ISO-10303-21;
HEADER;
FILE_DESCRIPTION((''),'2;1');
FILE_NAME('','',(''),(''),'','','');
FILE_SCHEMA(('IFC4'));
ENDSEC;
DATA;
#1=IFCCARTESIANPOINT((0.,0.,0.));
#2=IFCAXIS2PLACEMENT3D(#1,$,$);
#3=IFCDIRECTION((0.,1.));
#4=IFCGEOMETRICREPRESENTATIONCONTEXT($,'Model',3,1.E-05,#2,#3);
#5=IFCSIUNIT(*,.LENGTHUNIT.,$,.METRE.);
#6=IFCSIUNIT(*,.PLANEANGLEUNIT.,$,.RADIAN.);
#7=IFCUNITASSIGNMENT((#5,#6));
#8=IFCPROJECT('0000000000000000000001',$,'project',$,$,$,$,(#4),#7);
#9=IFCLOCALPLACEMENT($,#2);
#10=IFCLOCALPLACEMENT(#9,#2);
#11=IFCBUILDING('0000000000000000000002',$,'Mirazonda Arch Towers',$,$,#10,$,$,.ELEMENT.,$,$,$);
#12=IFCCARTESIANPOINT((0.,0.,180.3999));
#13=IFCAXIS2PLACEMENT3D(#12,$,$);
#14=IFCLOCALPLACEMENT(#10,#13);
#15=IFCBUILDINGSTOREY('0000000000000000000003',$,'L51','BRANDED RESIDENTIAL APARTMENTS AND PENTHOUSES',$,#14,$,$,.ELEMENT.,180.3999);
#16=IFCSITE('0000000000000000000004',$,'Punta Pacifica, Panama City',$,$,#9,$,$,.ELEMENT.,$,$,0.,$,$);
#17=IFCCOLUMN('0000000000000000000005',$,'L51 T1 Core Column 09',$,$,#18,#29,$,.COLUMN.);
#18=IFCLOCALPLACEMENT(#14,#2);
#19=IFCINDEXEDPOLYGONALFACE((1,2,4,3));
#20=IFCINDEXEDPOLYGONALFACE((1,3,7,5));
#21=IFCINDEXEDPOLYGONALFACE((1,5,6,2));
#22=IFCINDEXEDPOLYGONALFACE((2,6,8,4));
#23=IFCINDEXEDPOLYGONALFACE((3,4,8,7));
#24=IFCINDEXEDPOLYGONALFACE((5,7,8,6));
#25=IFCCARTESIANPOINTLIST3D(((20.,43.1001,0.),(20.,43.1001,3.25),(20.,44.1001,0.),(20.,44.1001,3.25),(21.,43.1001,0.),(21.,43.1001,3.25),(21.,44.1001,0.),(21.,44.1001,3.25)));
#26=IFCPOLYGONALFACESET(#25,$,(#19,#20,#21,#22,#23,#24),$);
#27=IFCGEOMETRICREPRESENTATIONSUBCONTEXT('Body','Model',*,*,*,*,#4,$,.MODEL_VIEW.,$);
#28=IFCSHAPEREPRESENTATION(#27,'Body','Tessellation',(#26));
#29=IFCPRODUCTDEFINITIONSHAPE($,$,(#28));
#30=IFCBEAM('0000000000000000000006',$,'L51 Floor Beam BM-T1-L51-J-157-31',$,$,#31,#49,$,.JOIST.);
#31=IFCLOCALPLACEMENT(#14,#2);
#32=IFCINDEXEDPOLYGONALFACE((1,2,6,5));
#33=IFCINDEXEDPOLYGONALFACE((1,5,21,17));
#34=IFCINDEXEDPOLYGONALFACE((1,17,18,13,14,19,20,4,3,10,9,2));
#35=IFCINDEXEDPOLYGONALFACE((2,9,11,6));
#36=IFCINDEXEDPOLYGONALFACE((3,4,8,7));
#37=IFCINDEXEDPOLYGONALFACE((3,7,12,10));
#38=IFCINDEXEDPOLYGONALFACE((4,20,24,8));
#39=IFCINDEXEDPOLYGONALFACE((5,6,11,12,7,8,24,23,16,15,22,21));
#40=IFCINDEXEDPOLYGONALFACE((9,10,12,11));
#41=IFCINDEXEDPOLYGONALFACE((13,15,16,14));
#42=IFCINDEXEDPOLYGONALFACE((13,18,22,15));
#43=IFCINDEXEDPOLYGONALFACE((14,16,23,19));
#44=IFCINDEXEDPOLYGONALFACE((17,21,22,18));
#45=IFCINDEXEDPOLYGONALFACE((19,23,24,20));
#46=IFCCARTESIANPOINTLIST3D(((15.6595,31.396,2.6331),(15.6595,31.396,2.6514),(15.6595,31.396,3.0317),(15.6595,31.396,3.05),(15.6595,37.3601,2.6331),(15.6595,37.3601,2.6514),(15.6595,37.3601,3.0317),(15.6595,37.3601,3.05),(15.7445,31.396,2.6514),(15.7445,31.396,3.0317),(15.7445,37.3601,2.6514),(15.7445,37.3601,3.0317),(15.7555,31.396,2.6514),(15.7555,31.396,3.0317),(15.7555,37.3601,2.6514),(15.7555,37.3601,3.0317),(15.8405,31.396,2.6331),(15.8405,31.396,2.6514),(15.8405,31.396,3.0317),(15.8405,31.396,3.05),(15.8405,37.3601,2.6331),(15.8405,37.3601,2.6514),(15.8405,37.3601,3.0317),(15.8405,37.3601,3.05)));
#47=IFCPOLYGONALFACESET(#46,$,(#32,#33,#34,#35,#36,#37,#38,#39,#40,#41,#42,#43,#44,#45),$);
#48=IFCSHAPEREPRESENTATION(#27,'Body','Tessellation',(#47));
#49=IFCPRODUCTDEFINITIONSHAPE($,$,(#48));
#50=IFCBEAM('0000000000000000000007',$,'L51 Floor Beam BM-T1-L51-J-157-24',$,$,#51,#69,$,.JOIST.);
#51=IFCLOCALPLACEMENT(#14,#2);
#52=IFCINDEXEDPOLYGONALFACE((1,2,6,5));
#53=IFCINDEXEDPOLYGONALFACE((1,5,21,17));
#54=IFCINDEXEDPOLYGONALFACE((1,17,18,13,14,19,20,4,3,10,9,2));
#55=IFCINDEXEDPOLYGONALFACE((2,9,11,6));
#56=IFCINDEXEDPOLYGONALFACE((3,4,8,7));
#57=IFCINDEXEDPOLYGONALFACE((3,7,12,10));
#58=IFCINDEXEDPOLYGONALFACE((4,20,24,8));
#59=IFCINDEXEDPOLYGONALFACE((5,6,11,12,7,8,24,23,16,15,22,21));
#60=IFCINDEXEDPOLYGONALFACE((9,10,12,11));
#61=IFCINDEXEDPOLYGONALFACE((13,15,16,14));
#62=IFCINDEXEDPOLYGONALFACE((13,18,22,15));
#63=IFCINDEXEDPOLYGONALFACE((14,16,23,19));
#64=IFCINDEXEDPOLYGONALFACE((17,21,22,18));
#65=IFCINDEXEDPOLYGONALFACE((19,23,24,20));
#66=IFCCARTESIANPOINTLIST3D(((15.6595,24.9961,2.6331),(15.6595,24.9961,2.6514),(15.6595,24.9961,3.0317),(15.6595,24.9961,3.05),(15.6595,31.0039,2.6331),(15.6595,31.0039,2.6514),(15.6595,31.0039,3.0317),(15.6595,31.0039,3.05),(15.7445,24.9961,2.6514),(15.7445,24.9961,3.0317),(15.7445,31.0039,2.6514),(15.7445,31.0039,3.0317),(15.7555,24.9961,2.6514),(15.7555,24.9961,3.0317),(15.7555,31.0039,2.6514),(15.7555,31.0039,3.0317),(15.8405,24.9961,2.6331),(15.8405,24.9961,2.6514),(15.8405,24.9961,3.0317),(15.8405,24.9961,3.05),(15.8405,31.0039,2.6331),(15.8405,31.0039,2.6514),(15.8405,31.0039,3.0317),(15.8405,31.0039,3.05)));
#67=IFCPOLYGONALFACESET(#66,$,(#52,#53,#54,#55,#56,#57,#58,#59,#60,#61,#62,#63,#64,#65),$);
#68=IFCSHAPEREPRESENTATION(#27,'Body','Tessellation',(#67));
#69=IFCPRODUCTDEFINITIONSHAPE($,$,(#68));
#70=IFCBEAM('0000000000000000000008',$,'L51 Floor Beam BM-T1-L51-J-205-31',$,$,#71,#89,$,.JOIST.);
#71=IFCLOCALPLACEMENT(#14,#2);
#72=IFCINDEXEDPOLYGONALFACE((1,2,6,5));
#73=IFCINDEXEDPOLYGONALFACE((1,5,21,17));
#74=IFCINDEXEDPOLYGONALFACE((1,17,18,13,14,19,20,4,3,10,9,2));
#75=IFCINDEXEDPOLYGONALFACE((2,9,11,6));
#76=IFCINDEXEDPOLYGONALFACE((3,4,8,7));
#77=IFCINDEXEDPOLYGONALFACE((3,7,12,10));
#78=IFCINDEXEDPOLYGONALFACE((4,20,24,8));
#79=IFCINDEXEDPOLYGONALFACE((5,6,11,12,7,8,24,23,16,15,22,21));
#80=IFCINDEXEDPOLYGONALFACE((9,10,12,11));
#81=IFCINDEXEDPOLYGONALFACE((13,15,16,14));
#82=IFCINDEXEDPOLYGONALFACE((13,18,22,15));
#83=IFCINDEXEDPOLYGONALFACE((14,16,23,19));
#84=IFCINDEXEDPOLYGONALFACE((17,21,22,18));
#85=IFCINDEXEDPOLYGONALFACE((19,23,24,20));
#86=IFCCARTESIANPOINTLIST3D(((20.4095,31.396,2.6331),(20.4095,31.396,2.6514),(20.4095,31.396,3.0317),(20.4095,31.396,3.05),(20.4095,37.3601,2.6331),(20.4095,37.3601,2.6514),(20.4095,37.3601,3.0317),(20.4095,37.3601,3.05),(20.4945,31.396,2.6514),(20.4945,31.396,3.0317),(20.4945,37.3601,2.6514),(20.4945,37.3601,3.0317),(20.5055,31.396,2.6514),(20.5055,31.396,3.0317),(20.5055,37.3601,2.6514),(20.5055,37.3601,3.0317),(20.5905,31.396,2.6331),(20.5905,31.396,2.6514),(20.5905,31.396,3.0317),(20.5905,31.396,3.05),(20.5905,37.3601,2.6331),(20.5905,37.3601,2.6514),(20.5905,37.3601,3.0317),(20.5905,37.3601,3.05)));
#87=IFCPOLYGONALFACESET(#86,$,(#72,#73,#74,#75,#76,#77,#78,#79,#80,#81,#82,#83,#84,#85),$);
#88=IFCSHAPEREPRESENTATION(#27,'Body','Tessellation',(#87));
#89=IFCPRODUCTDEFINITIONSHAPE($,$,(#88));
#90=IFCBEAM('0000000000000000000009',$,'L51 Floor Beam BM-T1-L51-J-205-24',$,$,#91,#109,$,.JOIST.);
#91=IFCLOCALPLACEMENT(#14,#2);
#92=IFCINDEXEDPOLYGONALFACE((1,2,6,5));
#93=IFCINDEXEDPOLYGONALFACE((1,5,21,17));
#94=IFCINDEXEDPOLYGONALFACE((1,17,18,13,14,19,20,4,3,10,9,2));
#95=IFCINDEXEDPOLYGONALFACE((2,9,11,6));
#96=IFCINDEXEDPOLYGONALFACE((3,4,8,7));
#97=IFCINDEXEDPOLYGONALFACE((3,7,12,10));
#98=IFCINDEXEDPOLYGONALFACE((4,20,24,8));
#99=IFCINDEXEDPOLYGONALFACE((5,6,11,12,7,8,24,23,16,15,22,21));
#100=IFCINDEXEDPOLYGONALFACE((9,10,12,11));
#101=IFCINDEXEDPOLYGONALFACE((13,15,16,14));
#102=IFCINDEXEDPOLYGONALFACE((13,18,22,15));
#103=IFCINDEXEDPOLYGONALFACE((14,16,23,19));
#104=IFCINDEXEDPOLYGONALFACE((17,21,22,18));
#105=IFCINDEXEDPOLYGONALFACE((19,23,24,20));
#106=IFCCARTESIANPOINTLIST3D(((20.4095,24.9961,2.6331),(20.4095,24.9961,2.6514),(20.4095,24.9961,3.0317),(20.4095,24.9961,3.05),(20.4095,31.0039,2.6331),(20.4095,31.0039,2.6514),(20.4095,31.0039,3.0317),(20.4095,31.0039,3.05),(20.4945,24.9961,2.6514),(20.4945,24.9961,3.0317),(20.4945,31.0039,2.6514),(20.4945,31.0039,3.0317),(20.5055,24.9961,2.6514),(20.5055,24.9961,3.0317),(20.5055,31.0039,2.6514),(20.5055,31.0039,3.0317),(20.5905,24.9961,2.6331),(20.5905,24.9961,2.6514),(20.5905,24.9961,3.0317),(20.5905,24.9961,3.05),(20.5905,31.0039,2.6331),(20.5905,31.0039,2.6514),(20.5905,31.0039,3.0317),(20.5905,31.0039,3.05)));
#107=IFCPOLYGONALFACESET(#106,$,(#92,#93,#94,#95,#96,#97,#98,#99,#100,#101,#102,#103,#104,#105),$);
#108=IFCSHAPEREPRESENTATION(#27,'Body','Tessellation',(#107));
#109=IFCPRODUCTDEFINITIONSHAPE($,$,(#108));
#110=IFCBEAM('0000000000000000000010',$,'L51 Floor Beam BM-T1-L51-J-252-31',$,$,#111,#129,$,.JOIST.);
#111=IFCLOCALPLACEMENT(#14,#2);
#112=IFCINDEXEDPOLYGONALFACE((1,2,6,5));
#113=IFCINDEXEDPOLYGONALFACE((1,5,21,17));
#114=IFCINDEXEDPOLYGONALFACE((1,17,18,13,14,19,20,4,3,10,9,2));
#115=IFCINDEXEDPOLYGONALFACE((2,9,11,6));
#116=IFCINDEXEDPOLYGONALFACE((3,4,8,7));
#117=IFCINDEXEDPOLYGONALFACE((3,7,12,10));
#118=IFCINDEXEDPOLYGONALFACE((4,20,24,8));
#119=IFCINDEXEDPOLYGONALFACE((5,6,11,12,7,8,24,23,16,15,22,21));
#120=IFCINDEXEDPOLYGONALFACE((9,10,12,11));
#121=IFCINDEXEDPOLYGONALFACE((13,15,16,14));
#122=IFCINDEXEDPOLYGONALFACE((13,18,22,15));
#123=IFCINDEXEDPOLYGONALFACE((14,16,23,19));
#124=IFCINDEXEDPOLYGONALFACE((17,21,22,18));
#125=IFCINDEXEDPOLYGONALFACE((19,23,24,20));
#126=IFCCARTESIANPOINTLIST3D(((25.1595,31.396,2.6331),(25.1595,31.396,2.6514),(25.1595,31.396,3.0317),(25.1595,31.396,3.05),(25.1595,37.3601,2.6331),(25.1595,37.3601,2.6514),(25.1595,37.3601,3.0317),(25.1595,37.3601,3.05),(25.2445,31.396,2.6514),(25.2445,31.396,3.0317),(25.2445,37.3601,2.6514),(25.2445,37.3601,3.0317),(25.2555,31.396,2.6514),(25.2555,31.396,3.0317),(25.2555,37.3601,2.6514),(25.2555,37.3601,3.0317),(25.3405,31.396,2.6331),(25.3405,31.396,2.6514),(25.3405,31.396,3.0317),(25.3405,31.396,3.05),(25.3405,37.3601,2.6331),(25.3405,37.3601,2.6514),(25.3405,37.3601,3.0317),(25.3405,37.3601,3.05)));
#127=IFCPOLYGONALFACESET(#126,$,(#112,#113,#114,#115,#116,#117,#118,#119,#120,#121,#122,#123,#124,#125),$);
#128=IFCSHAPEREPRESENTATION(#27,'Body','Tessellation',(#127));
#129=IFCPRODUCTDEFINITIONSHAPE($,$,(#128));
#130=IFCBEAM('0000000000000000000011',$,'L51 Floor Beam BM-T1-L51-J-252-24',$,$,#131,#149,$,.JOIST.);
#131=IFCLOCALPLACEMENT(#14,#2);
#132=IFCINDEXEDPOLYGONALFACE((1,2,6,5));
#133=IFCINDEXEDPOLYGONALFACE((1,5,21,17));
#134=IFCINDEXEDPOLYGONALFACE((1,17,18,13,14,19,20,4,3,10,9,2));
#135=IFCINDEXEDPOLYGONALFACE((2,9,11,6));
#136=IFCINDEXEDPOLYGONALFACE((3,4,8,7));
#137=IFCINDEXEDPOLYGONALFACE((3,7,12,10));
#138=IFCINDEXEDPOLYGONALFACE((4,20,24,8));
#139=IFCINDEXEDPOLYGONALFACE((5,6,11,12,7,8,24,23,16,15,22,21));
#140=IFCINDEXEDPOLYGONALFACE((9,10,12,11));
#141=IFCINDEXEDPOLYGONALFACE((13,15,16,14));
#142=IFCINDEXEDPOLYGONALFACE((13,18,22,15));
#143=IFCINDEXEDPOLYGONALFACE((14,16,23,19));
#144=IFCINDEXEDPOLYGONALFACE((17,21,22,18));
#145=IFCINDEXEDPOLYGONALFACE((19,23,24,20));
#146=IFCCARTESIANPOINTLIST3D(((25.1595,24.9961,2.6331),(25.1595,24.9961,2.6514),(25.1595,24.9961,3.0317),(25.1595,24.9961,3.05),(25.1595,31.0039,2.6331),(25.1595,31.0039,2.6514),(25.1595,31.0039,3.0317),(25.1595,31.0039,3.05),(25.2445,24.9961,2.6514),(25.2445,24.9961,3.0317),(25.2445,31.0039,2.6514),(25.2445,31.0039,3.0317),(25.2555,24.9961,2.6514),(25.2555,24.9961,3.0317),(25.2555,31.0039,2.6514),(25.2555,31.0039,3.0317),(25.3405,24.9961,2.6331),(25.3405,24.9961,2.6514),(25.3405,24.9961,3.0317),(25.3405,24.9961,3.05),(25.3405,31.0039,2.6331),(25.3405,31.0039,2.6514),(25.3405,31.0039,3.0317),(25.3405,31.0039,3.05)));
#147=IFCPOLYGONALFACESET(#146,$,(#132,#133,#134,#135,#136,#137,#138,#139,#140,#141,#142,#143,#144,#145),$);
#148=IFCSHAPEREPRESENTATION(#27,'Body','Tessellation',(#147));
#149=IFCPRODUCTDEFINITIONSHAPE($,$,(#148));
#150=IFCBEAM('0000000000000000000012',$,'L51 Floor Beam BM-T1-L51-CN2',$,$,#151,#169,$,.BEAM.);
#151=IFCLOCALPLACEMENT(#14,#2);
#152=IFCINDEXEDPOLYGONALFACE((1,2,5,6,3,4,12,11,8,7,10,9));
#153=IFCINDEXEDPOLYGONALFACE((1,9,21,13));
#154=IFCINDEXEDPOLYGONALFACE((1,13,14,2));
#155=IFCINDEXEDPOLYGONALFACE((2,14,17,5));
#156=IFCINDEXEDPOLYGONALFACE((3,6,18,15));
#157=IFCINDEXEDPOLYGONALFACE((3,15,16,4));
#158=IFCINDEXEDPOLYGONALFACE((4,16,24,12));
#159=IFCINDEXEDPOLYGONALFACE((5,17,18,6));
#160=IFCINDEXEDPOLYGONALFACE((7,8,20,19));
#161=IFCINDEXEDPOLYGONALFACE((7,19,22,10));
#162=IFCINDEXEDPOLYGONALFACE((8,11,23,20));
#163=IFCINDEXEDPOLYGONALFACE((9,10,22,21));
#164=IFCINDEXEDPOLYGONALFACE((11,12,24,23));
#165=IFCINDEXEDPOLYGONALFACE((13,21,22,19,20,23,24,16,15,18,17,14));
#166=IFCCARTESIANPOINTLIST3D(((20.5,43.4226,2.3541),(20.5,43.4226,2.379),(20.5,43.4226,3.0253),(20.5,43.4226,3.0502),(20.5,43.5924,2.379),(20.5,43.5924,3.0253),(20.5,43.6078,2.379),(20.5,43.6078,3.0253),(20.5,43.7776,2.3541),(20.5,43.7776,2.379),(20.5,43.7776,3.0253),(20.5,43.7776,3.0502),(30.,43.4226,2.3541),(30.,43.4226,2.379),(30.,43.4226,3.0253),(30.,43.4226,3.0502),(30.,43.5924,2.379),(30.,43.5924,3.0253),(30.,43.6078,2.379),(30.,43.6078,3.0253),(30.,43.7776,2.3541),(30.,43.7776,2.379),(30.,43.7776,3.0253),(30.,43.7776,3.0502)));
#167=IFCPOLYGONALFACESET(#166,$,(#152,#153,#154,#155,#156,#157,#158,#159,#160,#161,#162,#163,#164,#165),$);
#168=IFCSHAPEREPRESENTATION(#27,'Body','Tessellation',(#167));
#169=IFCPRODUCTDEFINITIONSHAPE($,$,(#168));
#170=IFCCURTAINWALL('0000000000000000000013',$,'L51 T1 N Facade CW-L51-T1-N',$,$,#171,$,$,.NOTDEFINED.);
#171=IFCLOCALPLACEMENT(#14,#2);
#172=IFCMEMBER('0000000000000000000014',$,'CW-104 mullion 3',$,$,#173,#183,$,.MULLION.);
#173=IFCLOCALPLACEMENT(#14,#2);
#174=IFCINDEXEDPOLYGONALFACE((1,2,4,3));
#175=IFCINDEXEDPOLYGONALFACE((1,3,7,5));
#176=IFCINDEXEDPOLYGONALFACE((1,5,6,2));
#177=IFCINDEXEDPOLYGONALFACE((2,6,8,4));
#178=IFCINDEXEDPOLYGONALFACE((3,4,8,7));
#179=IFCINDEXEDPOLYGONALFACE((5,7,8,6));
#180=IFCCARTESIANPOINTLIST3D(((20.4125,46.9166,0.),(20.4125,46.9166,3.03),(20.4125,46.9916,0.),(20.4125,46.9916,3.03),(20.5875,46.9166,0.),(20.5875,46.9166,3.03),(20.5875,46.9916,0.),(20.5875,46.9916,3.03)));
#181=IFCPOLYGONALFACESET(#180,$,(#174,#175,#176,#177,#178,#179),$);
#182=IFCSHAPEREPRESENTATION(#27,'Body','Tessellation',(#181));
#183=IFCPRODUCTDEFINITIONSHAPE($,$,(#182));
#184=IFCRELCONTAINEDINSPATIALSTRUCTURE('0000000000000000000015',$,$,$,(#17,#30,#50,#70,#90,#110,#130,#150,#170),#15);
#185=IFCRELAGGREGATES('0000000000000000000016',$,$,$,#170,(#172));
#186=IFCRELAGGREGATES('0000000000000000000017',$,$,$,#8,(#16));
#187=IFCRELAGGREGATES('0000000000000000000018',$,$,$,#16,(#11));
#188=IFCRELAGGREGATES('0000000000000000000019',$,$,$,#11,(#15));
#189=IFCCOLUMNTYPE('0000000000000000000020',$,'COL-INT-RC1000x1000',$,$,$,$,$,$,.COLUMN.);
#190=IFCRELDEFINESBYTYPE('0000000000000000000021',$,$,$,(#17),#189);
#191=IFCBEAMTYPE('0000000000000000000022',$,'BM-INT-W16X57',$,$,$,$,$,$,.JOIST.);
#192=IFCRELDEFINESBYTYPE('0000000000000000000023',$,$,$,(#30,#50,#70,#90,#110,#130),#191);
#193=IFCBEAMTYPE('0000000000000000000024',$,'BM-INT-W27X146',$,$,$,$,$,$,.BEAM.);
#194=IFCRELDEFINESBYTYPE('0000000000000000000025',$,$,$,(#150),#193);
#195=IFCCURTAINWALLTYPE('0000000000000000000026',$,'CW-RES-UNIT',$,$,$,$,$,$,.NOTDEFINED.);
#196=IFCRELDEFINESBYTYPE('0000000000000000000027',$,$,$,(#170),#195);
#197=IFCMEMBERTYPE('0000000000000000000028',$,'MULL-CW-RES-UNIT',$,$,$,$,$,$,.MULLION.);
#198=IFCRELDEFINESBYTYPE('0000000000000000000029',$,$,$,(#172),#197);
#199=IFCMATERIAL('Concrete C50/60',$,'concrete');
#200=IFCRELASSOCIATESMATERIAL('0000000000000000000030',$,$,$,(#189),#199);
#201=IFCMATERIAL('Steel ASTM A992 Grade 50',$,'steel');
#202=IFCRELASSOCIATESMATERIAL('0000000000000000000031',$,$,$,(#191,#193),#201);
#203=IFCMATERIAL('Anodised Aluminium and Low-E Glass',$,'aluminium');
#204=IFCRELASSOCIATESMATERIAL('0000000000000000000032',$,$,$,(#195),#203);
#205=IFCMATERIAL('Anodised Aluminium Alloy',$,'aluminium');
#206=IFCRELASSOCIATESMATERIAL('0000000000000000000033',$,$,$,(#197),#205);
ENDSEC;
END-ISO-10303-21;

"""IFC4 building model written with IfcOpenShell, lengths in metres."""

from ifc_helpers import new_model, si_unit, direction, frame, origin, origin_2d, place, context, subcontext, project, spatial, rectangle, i_section, extrude, material, material_profile, profile_set, type_object, element, aggregate, save


model = new_model("IFC4")

# Units and contexts
model_context = context("Model", 3, precision=1e-05, world=origin(), true_north=direction((0.0, 1.0)))
body_context = subcontext(model_context, "Body", "Model", "MODEL_VIEW")
ifc_project = project(units=[si_unit("LENGTHUNIT", "METRE"), si_unit("PLANEANGLEUNIT", "RADIAN")], contexts=[model_context])

# Site, building, storey
site_placement = place(None, origin())
site = spatial("IfcSite", under=ifc_project, at=site_placement, Name="Punta Pacifica, Panama City", CompositionType="ELEMENT", RefElevation=0.0)
building_placement = place(site_placement, origin())
building = spatial("IfcBuilding", under=site, at=building_placement, Name="Mirazonda Arch Towers", CompositionType="ELEMENT")
storey_placement = place(building_placement, frame((0.0, 0.0, 180.3999)))
storey = spatial("IfcBuildingStorey", under=building, at=storey_placement, Name="L51", Description="BRANDED RESIDENTIAL APARTMENTS AND PENTHOUSES", CompositionType="ELEMENT", Elevation=180.3999)

# Column
ifc_material_1 = material(Name="Concrete C50/60", Category="concrete")
ifc_material_profile_1 = material_profile(ifc_material_1, rectangle(XDim=1.0, YDim=1.0, at=origin_2d()), Name="RC1000x1000")
ifc_profile_set_1 = profile_set([ifc_material_profile_1], Name="Concrete C50/60")
column_type = type_object("IfcColumnType", Name="COL-INT-RC1000x1000", PredefinedType="COLUMN", material=ifc_profile_set_1)
column_placement = place(storey_placement, frame((20.5, 43.6001, 0.0), z_axis=(0.0, 0.0, 1.0), x_axis=(1.0, 0.0, 0.0)))
element("IfcColumn", 1, at=column_placement, inside=storey, type_object=column_type, Name="L51 T1 Core Column 09", PredefinedType="COLUMN", context=body_context, shape_type="SweptSolid", body=[
    extrude(rectangle(XDim=1.0, YDim=1.0, at=origin_2d()), origin(), (0.0, 0.0, 1.0), 3.25),
])

# Beams
ifc_material_2 = material(Name="Steel ASTM A992 Grade 50", Category="steel")
ifc_material_profile_2 = material_profile(ifc_material_2, i_section(OverallWidth=0.1809, OverallDepth=0.417, WebThickness=0.011, FlangeThickness=0.0183, at=origin_2d()), Name="W16X57")
ifc_profile_set_2 = profile_set([ifc_material_profile_2], Name="Steel ASTM A992 Grade 50")
beam_type_1 = type_object("IfcBeamType", Name="BM-INT-W16X57", PredefinedType="JOIST", material=ifc_profile_set_2)
beam_1_placement = place(storey_placement, frame((15.75, 31.396, 2.8416), z_axis=(0.0, 1.0, 0.0), x_axis=(-1.0, 0.0, 0.0)))
element("IfcBeam", 2, at=beam_1_placement, inside=storey, type_object=beam_type_1, Name="L51 Floor Beam BM-T1-L51-J-157-31", PredefinedType="JOIST", context=body_context, shape_type="SweptSolid", body=[
    extrude(i_section(OverallWidth=0.1809, OverallDepth=0.417, WebThickness=0.011, FlangeThickness=0.0183, at=origin_2d()), origin(), (0.0, 0.0, 1.0), 5.9641),
])
beam_2_placement = place(storey_placement, frame((15.75, 24.9961, 2.8416), z_axis=(0.0, 1.0, 0.0), x_axis=(-1.0, 0.0, 0.0)))
element("IfcBeam", 3, at=beam_2_placement, inside=storey, type_object=beam_type_1, Name="L51 Floor Beam BM-T1-L51-J-157-24", PredefinedType="JOIST", context=body_context, shape_type="SweptSolid", body=[
    extrude(i_section(OverallWidth=0.1809, OverallDepth=0.417, WebThickness=0.011, FlangeThickness=0.0183, at=origin_2d()), origin(), (0.0, 0.0, 1.0), 6.0078),
])
beam_3_placement = place(storey_placement, frame((20.5, 31.396, 2.8416), z_axis=(0.0, 1.0, 0.0), x_axis=(-1.0, 0.0, 0.0)))
element("IfcBeam", 4, at=beam_3_placement, inside=storey, type_object=beam_type_1, Name="L51 Floor Beam BM-T1-L51-J-205-31", PredefinedType="JOIST", context=body_context, shape_type="SweptSolid", body=[
    extrude(i_section(OverallWidth=0.1809, OverallDepth=0.417, WebThickness=0.011, FlangeThickness=0.0183, at=origin_2d()), origin(), (0.0, 0.0, 1.0), 5.9641),
])
beam_4_placement = place(storey_placement, frame((20.5, 24.9961, 2.8416), z_axis=(0.0, 1.0, 0.0), x_axis=(-1.0, 0.0, 0.0)))
element("IfcBeam", 5, at=beam_4_placement, inside=storey, type_object=beam_type_1, Name="L51 Floor Beam BM-T1-L51-J-205-24", PredefinedType="JOIST", context=body_context, shape_type="SweptSolid", body=[
    extrude(i_section(OverallWidth=0.1809, OverallDepth=0.417, WebThickness=0.011, FlangeThickness=0.0183, at=origin_2d()), origin(), (0.0, 0.0, 1.0), 6.0078),
])
beam_5_placement = place(storey_placement, frame((25.25, 31.396, 2.8416), z_axis=(0.0, 1.0, 0.0), x_axis=(-1.0, 0.0, 0.0)))
element("IfcBeam", 6, at=beam_5_placement, inside=storey, type_object=beam_type_1, Name="L51 Floor Beam BM-T1-L51-J-252-31", PredefinedType="JOIST", context=body_context, shape_type="SweptSolid", body=[
    extrude(i_section(OverallWidth=0.1809, OverallDepth=0.417, WebThickness=0.011, FlangeThickness=0.0183, at=origin_2d()), origin(), (0.0, 0.0, 1.0), 5.9641),
])
beam_6_placement = place(storey_placement, frame((25.25, 24.9961, 2.8416), z_axis=(0.0, 1.0, 0.0), x_axis=(-1.0, 0.0, 0.0)))
element("IfcBeam", 7, at=beam_6_placement, inside=storey, type_object=beam_type_1, Name="L51 Floor Beam BM-T1-L51-J-252-24", PredefinedType="JOIST", context=body_context, shape_type="SweptSolid", body=[
    extrude(i_section(OverallWidth=0.1809, OverallDepth=0.417, WebThickness=0.011, FlangeThickness=0.0183, at=origin_2d()), origin(), (0.0, 0.0, 1.0), 6.0078),
])
ifc_material_profile_3 = material_profile(ifc_material_2, i_section(OverallWidth=0.355, OverallDepth=0.696, WebThickness=0.0154, FlangeThickness=0.0249, at=origin_2d()), Name="W27X146")
ifc_profile_set_3 = profile_set([ifc_material_profile_3], Name="Steel ASTM A992 Grade 50")
beam_type_2 = type_object("IfcBeamType", Name="BM-INT-W27X146", PredefinedType="BEAM", material=ifc_profile_set_3)
beam_7_placement = place(storey_placement, frame((20.5, 43.6001, 2.7021), z_axis=(1.0, 0.0, 0.0), x_axis=(0.0, 1.0, 0.0)))
element("IfcBeam", 8, at=beam_7_placement, inside=storey, type_object=beam_type_2, Name="L51 Floor Beam BM-T1-L51-CN2", PredefinedType="BEAM", context=body_context, shape_type="SweptSolid", body=[
    extrude(i_section(OverallWidth=0.355, OverallDepth=0.696, WebThickness=0.0154, FlangeThickness=0.0249, at=origin_2d()), origin(), (0.0, 0.0, 1.0), 9.5),
])

# Curtain wall, member
ifc_material_3 = material(Name="Anodised Aluminium and Low-E Glass", Category="aluminium")
curtain_wall_type = type_object("IfcCurtainWallType", Name="CW-RES-UNIT", PredefinedType="NOTDEFINED", material=ifc_material_3)
curtain_wall_placement = place(storey_placement, origin())
curtain_wall = element("IfcCurtainWall", 9, at=curtain_wall_placement, inside=storey, type_object=curtain_wall_type, Name="L51 T1 N Facade CW-L51-T1-N", PredefinedType="NOTDEFINED")
ifc_material_4 = material(Name="Anodised Aluminium Alloy", Category="aluminium")
ifc_material_profile_4 = material_profile(ifc_material_4, rectangle(XDim=0.075, YDim=0.175, at=origin_2d()), Name="ALU-MULL-75x175")
ifc_profile_set_4 = profile_set([ifc_material_profile_4], Name="Anodised Aluminium Alloy")
member_type_1 = type_object("IfcMemberType", Name="MULL-CW-RES-UNIT", PredefinedType="MULLION", material=ifc_profile_set_4)
member_1_placement = place(storey_placement, frame((20.5, 46.9541, 0.0), z_axis=(0.0, 0.0, 1.0), x_axis=(0.0, 1.0, 0.0)))
member_1 = element("IfcMember", 10, at=member_1_placement, type_object=member_type_1, Name="CW-104 mullion 3", PredefinedType="MULLION", context=body_context, shape_type="SweptSolid", body=[
    extrude(rectangle(XDim=0.075, YDim=0.175, at=origin_2d()), origin(), (0.0, 0.0, 1.0), 3.03),
])
aggregate(curtain_wall, [member_1])

save(model, "model.ifc")
